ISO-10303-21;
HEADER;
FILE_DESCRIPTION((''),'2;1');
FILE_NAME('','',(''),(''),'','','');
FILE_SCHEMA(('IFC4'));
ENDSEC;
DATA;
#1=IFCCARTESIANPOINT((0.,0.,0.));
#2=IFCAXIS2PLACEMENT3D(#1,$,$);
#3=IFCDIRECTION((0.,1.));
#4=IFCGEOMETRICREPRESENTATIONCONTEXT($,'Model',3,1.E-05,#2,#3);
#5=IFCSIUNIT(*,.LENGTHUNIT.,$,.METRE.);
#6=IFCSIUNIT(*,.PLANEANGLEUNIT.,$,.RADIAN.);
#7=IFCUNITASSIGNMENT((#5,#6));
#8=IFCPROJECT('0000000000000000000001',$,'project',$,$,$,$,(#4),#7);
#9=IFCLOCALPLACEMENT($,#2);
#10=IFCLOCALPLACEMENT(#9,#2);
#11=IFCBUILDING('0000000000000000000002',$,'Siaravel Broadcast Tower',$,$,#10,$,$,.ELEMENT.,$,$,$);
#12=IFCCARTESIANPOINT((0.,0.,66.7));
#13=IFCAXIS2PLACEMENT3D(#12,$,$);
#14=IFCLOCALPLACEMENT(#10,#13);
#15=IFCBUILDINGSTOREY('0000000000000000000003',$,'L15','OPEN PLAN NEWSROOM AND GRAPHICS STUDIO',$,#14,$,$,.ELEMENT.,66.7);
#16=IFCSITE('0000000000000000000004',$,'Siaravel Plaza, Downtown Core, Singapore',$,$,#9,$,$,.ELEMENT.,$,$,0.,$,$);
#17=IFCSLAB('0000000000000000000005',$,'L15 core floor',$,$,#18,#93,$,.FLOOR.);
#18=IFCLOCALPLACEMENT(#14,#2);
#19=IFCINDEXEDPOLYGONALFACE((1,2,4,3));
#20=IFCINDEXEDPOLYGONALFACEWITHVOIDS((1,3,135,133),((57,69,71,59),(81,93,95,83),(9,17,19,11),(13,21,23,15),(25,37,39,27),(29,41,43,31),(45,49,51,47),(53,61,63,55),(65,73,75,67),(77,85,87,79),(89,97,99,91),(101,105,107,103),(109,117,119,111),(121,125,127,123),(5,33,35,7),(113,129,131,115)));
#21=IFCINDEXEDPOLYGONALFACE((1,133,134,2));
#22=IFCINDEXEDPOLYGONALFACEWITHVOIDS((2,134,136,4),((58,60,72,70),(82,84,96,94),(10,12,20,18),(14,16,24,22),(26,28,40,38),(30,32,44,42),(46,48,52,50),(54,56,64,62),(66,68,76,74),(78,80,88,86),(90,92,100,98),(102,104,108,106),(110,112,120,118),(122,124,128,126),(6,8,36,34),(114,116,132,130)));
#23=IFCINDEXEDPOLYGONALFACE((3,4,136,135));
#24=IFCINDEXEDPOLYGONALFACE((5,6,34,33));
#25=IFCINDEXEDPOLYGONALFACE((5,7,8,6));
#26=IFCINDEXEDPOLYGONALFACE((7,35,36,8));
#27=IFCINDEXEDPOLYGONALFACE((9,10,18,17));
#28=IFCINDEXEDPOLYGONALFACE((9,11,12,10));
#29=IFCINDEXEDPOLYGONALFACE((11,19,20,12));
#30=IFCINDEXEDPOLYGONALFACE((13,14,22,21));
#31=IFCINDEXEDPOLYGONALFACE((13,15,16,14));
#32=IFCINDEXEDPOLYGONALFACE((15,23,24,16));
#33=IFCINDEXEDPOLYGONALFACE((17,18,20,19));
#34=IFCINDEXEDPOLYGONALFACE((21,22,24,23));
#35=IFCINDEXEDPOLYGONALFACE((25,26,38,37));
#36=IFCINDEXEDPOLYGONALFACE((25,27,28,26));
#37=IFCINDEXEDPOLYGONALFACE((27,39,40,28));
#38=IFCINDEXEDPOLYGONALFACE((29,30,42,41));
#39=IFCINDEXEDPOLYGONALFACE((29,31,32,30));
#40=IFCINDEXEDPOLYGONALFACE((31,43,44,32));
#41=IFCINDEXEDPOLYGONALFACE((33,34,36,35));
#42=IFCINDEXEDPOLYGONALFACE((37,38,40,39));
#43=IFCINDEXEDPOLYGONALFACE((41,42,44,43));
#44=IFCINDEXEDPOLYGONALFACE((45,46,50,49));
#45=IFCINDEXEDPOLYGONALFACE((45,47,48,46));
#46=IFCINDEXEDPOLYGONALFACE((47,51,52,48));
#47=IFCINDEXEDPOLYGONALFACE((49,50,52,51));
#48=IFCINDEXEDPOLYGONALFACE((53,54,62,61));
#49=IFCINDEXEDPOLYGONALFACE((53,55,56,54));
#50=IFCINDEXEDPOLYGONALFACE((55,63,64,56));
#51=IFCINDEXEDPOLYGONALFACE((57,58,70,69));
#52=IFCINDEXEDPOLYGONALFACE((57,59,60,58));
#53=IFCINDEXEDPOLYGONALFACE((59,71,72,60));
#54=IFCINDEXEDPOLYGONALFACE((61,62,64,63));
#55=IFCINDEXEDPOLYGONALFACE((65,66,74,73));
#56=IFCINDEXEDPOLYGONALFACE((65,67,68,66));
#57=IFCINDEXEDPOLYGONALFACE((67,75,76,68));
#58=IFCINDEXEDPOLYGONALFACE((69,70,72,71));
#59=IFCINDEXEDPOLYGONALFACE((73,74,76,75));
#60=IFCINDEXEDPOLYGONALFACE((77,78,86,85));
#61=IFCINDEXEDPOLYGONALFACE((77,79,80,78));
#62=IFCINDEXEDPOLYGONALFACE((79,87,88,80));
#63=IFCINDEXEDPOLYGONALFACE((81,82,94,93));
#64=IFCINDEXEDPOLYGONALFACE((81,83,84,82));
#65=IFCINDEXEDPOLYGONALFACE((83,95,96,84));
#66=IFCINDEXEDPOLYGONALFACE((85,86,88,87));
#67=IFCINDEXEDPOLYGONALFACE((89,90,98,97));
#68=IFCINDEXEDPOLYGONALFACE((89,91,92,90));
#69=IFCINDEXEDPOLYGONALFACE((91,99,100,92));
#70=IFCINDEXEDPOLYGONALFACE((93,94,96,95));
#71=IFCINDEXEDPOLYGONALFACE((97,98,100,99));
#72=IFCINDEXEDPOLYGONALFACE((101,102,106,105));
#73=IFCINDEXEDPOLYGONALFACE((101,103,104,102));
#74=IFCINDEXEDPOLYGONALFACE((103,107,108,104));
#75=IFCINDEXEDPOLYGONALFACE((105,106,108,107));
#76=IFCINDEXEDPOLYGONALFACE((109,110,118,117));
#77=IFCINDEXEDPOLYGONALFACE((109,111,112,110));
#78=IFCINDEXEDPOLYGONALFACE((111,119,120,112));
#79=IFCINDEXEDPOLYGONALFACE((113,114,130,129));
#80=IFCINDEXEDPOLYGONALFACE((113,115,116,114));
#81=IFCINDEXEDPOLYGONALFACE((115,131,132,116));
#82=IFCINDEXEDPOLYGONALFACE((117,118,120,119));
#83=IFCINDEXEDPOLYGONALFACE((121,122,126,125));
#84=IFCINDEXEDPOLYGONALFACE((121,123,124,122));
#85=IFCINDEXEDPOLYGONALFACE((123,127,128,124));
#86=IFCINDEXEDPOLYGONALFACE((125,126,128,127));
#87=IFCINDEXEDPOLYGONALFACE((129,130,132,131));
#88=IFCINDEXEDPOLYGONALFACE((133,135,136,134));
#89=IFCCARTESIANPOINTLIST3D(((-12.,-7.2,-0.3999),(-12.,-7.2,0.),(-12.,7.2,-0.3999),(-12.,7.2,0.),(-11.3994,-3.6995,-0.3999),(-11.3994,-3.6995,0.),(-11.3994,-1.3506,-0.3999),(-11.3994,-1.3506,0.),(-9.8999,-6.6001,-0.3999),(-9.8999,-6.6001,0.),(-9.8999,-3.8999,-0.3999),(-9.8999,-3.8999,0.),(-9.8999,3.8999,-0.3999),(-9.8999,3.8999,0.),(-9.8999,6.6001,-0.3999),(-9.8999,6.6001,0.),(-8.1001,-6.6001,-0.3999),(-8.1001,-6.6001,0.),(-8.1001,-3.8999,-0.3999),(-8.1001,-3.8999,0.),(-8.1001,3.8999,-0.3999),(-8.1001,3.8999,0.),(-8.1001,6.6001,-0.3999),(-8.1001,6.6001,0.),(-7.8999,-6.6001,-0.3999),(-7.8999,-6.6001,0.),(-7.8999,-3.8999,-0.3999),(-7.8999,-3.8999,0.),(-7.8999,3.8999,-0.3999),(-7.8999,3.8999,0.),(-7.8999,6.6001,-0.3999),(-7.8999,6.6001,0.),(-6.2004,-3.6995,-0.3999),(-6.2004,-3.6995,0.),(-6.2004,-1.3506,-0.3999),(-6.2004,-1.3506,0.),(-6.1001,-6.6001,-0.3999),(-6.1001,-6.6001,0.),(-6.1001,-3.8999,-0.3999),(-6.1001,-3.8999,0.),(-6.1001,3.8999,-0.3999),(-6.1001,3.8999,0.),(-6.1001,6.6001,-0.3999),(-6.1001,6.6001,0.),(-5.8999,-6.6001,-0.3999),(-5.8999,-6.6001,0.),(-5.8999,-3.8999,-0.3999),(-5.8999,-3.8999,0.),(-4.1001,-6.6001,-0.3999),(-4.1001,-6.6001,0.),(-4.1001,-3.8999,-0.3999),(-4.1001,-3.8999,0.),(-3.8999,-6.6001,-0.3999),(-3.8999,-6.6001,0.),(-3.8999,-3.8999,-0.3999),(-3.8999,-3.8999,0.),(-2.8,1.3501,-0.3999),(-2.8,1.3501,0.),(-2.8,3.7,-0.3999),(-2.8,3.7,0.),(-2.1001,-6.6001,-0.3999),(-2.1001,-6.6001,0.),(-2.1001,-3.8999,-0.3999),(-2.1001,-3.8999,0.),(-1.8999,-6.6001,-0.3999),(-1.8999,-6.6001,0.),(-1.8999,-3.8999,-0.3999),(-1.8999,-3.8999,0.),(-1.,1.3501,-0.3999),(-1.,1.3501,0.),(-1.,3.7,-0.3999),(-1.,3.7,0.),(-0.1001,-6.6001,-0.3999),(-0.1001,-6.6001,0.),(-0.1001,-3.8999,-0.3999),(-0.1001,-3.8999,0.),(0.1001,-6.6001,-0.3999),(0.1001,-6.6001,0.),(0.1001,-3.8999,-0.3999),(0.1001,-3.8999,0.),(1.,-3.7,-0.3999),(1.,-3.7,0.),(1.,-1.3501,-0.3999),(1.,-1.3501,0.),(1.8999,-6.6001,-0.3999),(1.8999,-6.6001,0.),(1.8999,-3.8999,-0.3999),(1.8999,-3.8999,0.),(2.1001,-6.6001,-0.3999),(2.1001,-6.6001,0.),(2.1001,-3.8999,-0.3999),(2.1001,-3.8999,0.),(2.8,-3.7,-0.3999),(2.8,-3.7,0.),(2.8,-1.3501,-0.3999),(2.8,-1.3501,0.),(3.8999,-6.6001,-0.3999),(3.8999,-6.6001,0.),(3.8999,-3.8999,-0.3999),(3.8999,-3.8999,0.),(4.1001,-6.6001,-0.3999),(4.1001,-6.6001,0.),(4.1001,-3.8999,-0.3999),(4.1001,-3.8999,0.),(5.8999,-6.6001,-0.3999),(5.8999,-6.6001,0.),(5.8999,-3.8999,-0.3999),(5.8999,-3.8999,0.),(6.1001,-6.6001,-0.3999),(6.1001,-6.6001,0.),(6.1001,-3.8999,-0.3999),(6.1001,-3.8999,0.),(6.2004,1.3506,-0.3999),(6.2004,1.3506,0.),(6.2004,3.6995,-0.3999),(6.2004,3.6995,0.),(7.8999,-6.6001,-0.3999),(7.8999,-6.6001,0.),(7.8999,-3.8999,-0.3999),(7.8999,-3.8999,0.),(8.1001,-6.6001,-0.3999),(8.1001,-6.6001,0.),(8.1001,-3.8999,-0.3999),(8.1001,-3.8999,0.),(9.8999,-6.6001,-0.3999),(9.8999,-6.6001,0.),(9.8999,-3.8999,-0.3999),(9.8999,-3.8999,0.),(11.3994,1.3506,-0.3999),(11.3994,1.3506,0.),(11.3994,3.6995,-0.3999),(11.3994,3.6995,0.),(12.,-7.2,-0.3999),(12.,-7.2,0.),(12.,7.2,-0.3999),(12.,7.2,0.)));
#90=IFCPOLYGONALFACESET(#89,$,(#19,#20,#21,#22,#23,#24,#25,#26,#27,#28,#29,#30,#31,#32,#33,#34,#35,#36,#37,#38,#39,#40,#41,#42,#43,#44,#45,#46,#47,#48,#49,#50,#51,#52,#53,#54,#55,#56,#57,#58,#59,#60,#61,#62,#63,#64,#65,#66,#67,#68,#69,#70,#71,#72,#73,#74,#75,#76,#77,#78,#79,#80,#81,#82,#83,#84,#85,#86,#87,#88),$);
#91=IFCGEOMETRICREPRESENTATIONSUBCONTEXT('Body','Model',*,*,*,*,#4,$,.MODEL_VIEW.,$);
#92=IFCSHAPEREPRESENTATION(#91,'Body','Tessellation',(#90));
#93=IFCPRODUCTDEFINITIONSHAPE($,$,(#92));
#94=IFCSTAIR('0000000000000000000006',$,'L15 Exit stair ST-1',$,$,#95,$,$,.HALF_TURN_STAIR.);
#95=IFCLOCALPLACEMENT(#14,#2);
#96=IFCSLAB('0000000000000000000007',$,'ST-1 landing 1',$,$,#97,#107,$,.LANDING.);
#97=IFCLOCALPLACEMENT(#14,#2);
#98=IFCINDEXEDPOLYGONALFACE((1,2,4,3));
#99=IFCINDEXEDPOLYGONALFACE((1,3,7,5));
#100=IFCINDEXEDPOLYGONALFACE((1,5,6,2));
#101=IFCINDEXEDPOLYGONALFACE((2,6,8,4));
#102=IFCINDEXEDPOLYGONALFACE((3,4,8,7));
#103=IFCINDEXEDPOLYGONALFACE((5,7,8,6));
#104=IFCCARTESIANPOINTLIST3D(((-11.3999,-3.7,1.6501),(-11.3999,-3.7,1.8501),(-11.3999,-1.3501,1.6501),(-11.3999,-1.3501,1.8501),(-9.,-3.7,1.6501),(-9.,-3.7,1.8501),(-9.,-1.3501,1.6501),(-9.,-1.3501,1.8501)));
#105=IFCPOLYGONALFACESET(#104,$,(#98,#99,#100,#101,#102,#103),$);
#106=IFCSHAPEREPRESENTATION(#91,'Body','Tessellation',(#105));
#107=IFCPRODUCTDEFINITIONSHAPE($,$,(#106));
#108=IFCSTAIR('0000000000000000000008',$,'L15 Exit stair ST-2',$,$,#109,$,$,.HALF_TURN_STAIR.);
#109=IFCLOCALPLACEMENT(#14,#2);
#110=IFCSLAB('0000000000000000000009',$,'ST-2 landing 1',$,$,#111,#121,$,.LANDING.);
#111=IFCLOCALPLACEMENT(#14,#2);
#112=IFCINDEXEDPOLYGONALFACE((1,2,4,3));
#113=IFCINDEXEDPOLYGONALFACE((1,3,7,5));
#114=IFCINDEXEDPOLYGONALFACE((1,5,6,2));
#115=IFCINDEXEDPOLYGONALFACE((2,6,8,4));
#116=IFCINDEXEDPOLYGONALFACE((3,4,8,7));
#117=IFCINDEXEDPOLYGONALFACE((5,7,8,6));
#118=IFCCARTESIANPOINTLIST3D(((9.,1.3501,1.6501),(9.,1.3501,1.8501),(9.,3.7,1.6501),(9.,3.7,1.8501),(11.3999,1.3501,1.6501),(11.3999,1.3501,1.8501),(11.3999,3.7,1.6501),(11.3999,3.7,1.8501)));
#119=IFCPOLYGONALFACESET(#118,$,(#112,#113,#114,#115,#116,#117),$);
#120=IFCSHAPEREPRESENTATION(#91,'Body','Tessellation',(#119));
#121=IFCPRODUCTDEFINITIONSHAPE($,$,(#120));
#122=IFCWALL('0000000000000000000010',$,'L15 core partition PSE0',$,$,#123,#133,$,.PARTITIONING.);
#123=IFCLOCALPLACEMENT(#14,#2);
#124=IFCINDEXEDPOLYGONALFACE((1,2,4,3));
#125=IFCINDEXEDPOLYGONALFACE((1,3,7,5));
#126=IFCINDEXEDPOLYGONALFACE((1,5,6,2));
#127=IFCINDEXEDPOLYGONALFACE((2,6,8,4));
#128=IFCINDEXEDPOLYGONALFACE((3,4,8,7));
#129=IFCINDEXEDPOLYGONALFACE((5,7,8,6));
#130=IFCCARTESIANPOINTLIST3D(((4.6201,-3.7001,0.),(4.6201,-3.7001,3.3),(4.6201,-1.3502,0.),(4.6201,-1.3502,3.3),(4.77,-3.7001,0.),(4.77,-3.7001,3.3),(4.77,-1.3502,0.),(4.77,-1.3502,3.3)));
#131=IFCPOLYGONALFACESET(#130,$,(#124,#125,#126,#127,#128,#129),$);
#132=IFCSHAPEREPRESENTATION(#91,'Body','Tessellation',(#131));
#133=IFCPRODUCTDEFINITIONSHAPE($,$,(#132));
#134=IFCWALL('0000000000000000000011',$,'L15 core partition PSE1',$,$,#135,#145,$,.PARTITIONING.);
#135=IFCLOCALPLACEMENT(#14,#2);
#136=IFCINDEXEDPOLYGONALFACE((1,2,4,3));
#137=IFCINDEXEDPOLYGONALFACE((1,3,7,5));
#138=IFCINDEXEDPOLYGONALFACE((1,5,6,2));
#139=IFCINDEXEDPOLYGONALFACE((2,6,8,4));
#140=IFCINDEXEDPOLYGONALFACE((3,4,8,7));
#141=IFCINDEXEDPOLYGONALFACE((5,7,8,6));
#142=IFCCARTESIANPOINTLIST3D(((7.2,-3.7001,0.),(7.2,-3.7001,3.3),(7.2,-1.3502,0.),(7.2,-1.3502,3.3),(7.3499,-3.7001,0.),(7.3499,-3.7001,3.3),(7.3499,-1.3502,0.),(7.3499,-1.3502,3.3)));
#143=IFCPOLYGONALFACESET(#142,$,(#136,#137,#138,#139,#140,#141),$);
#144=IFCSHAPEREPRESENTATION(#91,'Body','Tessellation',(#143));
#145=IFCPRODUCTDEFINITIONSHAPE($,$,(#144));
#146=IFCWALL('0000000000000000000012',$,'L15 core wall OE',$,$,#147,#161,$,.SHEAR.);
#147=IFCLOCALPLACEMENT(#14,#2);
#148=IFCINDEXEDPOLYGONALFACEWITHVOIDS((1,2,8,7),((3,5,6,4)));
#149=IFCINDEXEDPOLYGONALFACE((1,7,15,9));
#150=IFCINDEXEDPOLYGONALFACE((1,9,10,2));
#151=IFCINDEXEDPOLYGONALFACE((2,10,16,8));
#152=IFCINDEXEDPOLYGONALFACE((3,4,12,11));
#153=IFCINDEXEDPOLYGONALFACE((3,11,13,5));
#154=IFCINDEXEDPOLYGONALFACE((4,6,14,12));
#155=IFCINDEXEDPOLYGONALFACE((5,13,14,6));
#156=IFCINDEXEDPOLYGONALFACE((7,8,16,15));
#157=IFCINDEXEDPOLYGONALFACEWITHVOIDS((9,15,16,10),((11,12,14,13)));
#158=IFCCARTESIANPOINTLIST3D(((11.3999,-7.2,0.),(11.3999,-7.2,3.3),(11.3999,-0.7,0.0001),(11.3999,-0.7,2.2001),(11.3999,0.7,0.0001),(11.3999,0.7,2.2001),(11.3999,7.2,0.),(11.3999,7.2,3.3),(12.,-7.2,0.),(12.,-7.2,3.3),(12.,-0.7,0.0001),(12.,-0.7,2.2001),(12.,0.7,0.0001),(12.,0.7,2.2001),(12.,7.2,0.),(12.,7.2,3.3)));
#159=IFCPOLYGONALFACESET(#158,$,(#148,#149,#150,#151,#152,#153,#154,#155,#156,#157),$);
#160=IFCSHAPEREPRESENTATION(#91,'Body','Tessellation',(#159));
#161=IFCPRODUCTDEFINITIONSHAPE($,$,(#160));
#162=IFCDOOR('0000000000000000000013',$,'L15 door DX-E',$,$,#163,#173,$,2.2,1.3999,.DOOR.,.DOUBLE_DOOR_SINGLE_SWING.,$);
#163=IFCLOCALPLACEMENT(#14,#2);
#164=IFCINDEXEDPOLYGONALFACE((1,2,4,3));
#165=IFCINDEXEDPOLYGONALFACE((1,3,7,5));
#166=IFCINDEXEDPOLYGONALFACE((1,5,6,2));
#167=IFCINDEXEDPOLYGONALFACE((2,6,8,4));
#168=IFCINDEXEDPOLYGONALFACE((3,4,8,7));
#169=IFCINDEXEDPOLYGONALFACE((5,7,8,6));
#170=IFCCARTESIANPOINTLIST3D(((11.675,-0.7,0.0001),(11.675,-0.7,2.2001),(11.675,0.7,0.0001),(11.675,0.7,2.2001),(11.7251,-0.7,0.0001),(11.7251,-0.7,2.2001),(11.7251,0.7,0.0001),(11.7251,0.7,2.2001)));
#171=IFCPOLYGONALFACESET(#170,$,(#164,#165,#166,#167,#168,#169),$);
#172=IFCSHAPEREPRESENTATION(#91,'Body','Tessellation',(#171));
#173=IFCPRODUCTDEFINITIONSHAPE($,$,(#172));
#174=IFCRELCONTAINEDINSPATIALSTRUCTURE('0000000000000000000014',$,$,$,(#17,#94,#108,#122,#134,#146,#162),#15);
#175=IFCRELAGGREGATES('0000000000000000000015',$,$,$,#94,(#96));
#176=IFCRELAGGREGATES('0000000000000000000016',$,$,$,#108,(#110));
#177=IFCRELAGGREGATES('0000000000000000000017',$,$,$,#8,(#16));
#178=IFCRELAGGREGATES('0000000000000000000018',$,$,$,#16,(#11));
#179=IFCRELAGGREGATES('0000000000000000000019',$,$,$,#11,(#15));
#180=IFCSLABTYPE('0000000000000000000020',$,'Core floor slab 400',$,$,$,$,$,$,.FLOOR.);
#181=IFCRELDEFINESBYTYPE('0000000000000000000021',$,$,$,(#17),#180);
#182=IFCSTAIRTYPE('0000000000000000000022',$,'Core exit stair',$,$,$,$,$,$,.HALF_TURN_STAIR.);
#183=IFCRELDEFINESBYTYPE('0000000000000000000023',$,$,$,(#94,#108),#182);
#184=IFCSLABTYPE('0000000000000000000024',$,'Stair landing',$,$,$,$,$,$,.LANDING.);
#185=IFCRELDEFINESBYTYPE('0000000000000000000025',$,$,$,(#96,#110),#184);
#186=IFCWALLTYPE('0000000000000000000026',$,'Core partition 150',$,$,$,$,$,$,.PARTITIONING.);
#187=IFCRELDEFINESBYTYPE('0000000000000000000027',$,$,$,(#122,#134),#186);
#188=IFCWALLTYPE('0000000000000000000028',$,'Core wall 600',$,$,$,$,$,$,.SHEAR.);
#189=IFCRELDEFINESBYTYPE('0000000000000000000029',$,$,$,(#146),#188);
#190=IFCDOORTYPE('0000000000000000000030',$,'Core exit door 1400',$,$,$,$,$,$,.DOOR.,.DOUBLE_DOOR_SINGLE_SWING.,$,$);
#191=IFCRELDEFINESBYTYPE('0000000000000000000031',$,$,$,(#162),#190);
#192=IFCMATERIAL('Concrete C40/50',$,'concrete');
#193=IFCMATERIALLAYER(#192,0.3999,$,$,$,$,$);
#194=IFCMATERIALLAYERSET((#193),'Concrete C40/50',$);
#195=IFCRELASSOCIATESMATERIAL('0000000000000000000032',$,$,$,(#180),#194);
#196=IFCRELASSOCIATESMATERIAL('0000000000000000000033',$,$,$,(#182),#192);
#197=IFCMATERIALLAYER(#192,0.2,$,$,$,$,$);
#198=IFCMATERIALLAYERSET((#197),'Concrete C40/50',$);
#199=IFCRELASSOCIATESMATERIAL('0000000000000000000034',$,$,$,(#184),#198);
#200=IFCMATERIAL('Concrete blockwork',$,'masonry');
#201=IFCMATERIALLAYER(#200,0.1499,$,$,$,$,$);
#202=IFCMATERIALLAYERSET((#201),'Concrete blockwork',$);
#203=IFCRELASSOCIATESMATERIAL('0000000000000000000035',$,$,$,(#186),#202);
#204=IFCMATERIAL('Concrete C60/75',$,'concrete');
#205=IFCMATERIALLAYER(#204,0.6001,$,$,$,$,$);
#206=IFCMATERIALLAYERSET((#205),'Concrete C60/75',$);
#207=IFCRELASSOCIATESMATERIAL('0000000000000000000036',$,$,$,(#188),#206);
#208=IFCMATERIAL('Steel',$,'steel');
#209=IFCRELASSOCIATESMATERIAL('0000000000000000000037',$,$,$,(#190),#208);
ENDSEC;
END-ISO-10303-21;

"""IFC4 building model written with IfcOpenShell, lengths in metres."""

from ifc_helpers import new_model, si_unit, direction, frame, frame_2d, origin, place, context, subcontext, project, spatial, polyline, rectangle, outline, extrude, material, layer, layer_set, type_object, element, fill, aggregate, save


model = new_model("IFC4")

# Units and contexts
model_context = context("Model", 3, precision=1e-05, world=origin(), true_north=direction((0.0, 1.0)))
body_context = subcontext(model_context, "Body", "Model", "MODEL_VIEW")
ifc_project = project(units=[si_unit("LENGTHUNIT", "METRE"), si_unit("PLANEANGLEUNIT", "RADIAN")], contexts=[model_context])

# Site, building, storey
site_placement = place(None, origin())
site = spatial("IfcSite", under=ifc_project, at=site_placement, Name="Siaravel Plaza, Downtown Core, Singapore", CompositionType="ELEMENT", RefElevation=0.0)
building_placement = place(site_placement, origin())
building = spatial("IfcBuilding", under=site, at=building_placement, Name="Siaravel Broadcast Tower", CompositionType="ELEMENT")
storey_placement = place(building_placement, frame((0.0, 0.0, 66.7)))
storey = spatial("IfcBuildingStorey", under=building, at=storey_placement, Name="L15", Description="OPEN PLAN NEWSROOM AND GRAPHICS STUDIO", CompositionType="ELEMENT", Elevation=66.7)

# Slab
ifc_material_1 = material(Name="Concrete C40/50", Category="concrete")
ifc_layer_1 = layer(ifc_material_1, 0.3999)
ifc_layer_set_1 = layer_set([ifc_layer_1], Name="Concrete C40/50")
slab_type_1 = type_object("IfcSlabType", Name="Core floor slab 400", PredefinedType="FLOOR", material=ifc_layer_set_1)
slab_1_placement = place(storey_placement, frame((0.0, 0.0, -0.3999)))
element("IfcSlab", 1, at=slab_1_placement, inside=storey, type_object=slab_type_1, Name="L15 core floor", PredefinedType="FLOOR", context=body_context, shape_type="SweptSolid", body=[
    extrude(outline(polyline([(-12.0, -7.2), (-12.0, 7.2), (12.0, 7.2), (12.0, -7.2), (-12.0, -7.2)]), holes=[polyline([(11.3994, 1.3506), (11.3994, 3.6995), (6.2004, 3.6995), (6.2004, 1.3506), (11.3994, 1.3506)]), polyline([(9.8999, -3.8999), (8.1001, -3.8999), (8.1001, -6.6001), (9.8999, -6.6001), (9.8999, -3.8999)]), polyline([(7.8999, -3.8999), (6.1001, -3.8999), (6.1001, -6.6001), (7.8999, -6.6001), (7.8999, -3.8999)]), polyline([(5.8999, -3.8999), (4.1001, -3.8999), (4.1001, -6.6001), (5.8999, -6.6001), (5.8999, -3.8999)]), polyline([(3.8999, -3.8999), (2.1001, -3.8999), (2.1001, -6.6001), (3.8999, -6.6001), (3.8999, -3.8999)]), polyline([(2.8, -1.3501), (1.0, -1.3501), (1.0, -3.7), (2.8, -3.7), (2.8, -1.3501)]), polyline([(1.8999, -3.8999), (0.1001, -3.8999), (0.1001, -6.6001), (1.8999, -6.6001), (1.8999, -3.8999)]), polyline([(-0.1001, -3.8999), (-1.8999, -3.8999), (-1.8999, -6.6001), (-0.1001, -6.6001), (-0.1001, -3.8999)]), polyline([(-1.0, 3.7), (-2.8, 3.7), (-2.8, 1.3501), (-1.0, 1.3501), (-1.0, 3.7)]), polyline([(-2.1001, -3.8999), (-3.8999, -3.8999), (-3.8999, -6.6001), (-2.1001, -6.6001), (-2.1001, -3.8999)]), polyline([(-4.1001, -3.8999), (-5.8999, -3.8999), (-5.8999, -6.6001), (-4.1001, -6.6001), (-4.1001, -3.8999)]), polyline([(-6.1001, -3.8999), (-7.8999, -3.8999), (-7.8999, -6.6001), (-6.1001, -6.6001), (-6.1001, -3.8999)]), polyline([(-6.1001, 6.6001), (-7.8999, 6.6001), (-7.8999, 3.8999), (-6.1001, 3.8999), (-6.1001, 6.6001)]), polyline([(-11.3994, -1.3506), (-11.3994, -3.6995), (-6.2004, -3.6995), (-6.2004, -1.3506), (-11.3994, -1.3506)]), polyline([(-8.1001, -3.8999), (-9.8999, -3.8999), (-9.8999, -6.6001), (-8.1001, -6.6001), (-8.1001, -3.8999)]), polyline([(-8.1001, 6.6001), (-9.8999, 6.6001), (-9.8999, 3.8999), (-8.1001, 3.8999), (-8.1001, 6.6001)])]), origin(), (0.0, 0.0, 1.0), 0.3999),
])

# Stairs, slabs
stair_type = type_object("IfcStairType", Name="Core exit stair", PredefinedType="HALF_TURN_STAIR", material=ifc_material_1)
stair_1_placement = place(storey_placement, origin())
stair_1 = element("IfcStair", 2, at=stair_1_placement, inside=storey, type_object=stair_type, Name="L15 Exit stair ST-1", PredefinedType="HALF_TURN_STAIR")
ifc_layer_2 = layer(ifc_material_1, 0.2)
ifc_layer_set_2 = layer_set([ifc_layer_2], Name="Concrete C40/50")
slab_type_2 = type_object("IfcSlabType", Name="Stair landing", PredefinedType="LANDING", material=ifc_layer_set_2)
slab_2_placement = place(storey_placement, frame((0.0, 0.0, 1.6501)))
slab_2 = element("IfcSlab", 3, at=slab_2_placement, type_object=slab_type_2, Name="ST-1 landing 1", PredefinedType="LANDING", context=body_context, shape_type="SweptSolid", body=[
    extrude(outline(polyline([(-9.0, -1.3501), (-11.3999, -1.3501), (-11.3999, -3.7), (-9.0, -3.7), (-9.0, -1.3501)])), origin(), (0.0, 0.0, 1.0), 0.2),
])
aggregate(stair_1, [slab_2])
stair_2_placement = place(storey_placement, origin())
stair_2 = element("IfcStair", 4, at=stair_2_placement, inside=storey, type_object=stair_type, Name="L15 Exit stair ST-2", PredefinedType="HALF_TURN_STAIR")
slab_3_placement = place(storey_placement, frame((0.0, 0.0, 1.6501)))
slab_3 = element("IfcSlab", 5, at=slab_3_placement, type_object=slab_type_2, Name="ST-2 landing 1", PredefinedType="LANDING", context=body_context, shape_type="SweptSolid", body=[
    extrude(outline(polyline([(9.0, 1.3501), (11.3999, 1.3501), (11.3999, 3.7), (9.0, 3.7), (9.0, 1.3501)])), origin(), (0.0, 0.0, 1.0), 0.2),
])
aggregate(stair_2, [slab_3])

# Walls
ifc_material_2 = material(Name="Concrete blockwork", Category="masonry")
ifc_layer_3 = layer(ifc_material_2, 0.1499)
ifc_layer_set_3 = layer_set([ifc_layer_3], Name="Concrete blockwork")
wall_type_1 = type_object("IfcWallType", Name="Core partition 150", PredefinedType="PARTITIONING", material=ifc_layer_set_3)
for number, where, z_axis, x_axis, name in (
    (6, (4.6951, -3.7, 0.0), (0.0, 0.0, 1.0), (0.0, 1.0, 0.0), "L15 core partition PSE0"),
    (7, (7.2749, -3.7, 0.0), (0.0, 0.0, 1.0), (0.0, 1.0, 0.0), "L15 core partition PSE1"),
):
    element("IfcWall", number, at=place(storey_placement, frame(where, z_axis=z_axis, x_axis=x_axis)), inside=storey, type_object=wall_type_1, Name=name, PredefinedType="PARTITIONING", context=body_context, shape_type="SweptSolid", body=[
        extrude(rectangle(XDim=2.3499, YDim=0.1499, at=frame_2d((1.1748, 0.0))), origin(), (0.0, 0.0, 1.0), 3.3),
    ])

# Wall, opening, door
ifc_material_3 = material(Name="Concrete C60/75", Category="concrete")
ifc_layer_4 = layer(ifc_material_3, 0.6001)
ifc_layer_set_4 = layer_set([ifc_layer_4], Name="Concrete C60/75")
wall_type_2 = type_object("IfcWallType", Name="Core wall 600", PredefinedType="SHEAR", material=ifc_layer_set_4)
wall_1_placement = place(storey_placement, frame((11.7, -7.2, 0.0), z_axis=(0.0, 0.0, 1.0), x_axis=(0.0, 1.0, 0.0)))
wall_1 = element("IfcWall", 8, at=wall_1_placement, inside=storey, type_object=wall_type_2, Name="L15 core wall OE", PredefinedType="SHEAR", context=body_context, shape_type="SweptSolid", body=[
    extrude(rectangle(XDim=14.3999, YDim=0.6001, at=frame_2d((7.2, 0.0))), origin(), (0.0, 0.0, 1.0), 3.3),
])
opening_1_placement = place(wall_1_placement, frame((6.5, 0.0, 0.0)))
opening_1 = element("IfcOpeningElement", 9, at=opening_1_placement, cuts=wall_1, PredefinedType="OPENING", context=body_context, shape_type="SweptSolid", body=[
    extrude(rectangle(XDim=1.3999, YDim=2.2, at=frame_2d((0.7, 1.1001))), frame((0.0, 0.3101, 0.0), z_axis=(0.0, -1.0, 0.0), x_axis=(1.0, 0.0, 0.0)), (0.0, 0.0, 1.0), 0.6201),
])
ifc_material_4 = material(Name="Steel", Category="steel")
door_type_1 = type_object("IfcDoorType", Name="Core exit door 1400", OperationType="DOUBLE_DOOR_SINGLE_SWING", PredefinedType="DOOR", material=ifc_material_4)
door_1_placement = place(opening_1_placement, origin())
door_1 = element("IfcDoor", 10, at=door_1_placement, inside=storey, type_object=door_type_1, Name="L15 door DX-E", OperationType="DOUBLE_DOOR_SINGLE_SWING", OverallHeight=2.2, OverallWidth=1.3999, PredefinedType="DOOR", context=body_context, shape_type="SweptSolid", body=[
    extrude(rectangle(XDim=1.3999, YDim=2.2, at=frame_2d((0.7, 1.1001))), frame((0.0, 0.0249, 0.0), z_axis=(0.0, -1.0, 0.0), x_axis=(1.0, 0.0, 0.0)), (0.0, 0.0, 1.0), 0.05),
])
fill(opening_1, door_1)

save(model, "model.ifc")
